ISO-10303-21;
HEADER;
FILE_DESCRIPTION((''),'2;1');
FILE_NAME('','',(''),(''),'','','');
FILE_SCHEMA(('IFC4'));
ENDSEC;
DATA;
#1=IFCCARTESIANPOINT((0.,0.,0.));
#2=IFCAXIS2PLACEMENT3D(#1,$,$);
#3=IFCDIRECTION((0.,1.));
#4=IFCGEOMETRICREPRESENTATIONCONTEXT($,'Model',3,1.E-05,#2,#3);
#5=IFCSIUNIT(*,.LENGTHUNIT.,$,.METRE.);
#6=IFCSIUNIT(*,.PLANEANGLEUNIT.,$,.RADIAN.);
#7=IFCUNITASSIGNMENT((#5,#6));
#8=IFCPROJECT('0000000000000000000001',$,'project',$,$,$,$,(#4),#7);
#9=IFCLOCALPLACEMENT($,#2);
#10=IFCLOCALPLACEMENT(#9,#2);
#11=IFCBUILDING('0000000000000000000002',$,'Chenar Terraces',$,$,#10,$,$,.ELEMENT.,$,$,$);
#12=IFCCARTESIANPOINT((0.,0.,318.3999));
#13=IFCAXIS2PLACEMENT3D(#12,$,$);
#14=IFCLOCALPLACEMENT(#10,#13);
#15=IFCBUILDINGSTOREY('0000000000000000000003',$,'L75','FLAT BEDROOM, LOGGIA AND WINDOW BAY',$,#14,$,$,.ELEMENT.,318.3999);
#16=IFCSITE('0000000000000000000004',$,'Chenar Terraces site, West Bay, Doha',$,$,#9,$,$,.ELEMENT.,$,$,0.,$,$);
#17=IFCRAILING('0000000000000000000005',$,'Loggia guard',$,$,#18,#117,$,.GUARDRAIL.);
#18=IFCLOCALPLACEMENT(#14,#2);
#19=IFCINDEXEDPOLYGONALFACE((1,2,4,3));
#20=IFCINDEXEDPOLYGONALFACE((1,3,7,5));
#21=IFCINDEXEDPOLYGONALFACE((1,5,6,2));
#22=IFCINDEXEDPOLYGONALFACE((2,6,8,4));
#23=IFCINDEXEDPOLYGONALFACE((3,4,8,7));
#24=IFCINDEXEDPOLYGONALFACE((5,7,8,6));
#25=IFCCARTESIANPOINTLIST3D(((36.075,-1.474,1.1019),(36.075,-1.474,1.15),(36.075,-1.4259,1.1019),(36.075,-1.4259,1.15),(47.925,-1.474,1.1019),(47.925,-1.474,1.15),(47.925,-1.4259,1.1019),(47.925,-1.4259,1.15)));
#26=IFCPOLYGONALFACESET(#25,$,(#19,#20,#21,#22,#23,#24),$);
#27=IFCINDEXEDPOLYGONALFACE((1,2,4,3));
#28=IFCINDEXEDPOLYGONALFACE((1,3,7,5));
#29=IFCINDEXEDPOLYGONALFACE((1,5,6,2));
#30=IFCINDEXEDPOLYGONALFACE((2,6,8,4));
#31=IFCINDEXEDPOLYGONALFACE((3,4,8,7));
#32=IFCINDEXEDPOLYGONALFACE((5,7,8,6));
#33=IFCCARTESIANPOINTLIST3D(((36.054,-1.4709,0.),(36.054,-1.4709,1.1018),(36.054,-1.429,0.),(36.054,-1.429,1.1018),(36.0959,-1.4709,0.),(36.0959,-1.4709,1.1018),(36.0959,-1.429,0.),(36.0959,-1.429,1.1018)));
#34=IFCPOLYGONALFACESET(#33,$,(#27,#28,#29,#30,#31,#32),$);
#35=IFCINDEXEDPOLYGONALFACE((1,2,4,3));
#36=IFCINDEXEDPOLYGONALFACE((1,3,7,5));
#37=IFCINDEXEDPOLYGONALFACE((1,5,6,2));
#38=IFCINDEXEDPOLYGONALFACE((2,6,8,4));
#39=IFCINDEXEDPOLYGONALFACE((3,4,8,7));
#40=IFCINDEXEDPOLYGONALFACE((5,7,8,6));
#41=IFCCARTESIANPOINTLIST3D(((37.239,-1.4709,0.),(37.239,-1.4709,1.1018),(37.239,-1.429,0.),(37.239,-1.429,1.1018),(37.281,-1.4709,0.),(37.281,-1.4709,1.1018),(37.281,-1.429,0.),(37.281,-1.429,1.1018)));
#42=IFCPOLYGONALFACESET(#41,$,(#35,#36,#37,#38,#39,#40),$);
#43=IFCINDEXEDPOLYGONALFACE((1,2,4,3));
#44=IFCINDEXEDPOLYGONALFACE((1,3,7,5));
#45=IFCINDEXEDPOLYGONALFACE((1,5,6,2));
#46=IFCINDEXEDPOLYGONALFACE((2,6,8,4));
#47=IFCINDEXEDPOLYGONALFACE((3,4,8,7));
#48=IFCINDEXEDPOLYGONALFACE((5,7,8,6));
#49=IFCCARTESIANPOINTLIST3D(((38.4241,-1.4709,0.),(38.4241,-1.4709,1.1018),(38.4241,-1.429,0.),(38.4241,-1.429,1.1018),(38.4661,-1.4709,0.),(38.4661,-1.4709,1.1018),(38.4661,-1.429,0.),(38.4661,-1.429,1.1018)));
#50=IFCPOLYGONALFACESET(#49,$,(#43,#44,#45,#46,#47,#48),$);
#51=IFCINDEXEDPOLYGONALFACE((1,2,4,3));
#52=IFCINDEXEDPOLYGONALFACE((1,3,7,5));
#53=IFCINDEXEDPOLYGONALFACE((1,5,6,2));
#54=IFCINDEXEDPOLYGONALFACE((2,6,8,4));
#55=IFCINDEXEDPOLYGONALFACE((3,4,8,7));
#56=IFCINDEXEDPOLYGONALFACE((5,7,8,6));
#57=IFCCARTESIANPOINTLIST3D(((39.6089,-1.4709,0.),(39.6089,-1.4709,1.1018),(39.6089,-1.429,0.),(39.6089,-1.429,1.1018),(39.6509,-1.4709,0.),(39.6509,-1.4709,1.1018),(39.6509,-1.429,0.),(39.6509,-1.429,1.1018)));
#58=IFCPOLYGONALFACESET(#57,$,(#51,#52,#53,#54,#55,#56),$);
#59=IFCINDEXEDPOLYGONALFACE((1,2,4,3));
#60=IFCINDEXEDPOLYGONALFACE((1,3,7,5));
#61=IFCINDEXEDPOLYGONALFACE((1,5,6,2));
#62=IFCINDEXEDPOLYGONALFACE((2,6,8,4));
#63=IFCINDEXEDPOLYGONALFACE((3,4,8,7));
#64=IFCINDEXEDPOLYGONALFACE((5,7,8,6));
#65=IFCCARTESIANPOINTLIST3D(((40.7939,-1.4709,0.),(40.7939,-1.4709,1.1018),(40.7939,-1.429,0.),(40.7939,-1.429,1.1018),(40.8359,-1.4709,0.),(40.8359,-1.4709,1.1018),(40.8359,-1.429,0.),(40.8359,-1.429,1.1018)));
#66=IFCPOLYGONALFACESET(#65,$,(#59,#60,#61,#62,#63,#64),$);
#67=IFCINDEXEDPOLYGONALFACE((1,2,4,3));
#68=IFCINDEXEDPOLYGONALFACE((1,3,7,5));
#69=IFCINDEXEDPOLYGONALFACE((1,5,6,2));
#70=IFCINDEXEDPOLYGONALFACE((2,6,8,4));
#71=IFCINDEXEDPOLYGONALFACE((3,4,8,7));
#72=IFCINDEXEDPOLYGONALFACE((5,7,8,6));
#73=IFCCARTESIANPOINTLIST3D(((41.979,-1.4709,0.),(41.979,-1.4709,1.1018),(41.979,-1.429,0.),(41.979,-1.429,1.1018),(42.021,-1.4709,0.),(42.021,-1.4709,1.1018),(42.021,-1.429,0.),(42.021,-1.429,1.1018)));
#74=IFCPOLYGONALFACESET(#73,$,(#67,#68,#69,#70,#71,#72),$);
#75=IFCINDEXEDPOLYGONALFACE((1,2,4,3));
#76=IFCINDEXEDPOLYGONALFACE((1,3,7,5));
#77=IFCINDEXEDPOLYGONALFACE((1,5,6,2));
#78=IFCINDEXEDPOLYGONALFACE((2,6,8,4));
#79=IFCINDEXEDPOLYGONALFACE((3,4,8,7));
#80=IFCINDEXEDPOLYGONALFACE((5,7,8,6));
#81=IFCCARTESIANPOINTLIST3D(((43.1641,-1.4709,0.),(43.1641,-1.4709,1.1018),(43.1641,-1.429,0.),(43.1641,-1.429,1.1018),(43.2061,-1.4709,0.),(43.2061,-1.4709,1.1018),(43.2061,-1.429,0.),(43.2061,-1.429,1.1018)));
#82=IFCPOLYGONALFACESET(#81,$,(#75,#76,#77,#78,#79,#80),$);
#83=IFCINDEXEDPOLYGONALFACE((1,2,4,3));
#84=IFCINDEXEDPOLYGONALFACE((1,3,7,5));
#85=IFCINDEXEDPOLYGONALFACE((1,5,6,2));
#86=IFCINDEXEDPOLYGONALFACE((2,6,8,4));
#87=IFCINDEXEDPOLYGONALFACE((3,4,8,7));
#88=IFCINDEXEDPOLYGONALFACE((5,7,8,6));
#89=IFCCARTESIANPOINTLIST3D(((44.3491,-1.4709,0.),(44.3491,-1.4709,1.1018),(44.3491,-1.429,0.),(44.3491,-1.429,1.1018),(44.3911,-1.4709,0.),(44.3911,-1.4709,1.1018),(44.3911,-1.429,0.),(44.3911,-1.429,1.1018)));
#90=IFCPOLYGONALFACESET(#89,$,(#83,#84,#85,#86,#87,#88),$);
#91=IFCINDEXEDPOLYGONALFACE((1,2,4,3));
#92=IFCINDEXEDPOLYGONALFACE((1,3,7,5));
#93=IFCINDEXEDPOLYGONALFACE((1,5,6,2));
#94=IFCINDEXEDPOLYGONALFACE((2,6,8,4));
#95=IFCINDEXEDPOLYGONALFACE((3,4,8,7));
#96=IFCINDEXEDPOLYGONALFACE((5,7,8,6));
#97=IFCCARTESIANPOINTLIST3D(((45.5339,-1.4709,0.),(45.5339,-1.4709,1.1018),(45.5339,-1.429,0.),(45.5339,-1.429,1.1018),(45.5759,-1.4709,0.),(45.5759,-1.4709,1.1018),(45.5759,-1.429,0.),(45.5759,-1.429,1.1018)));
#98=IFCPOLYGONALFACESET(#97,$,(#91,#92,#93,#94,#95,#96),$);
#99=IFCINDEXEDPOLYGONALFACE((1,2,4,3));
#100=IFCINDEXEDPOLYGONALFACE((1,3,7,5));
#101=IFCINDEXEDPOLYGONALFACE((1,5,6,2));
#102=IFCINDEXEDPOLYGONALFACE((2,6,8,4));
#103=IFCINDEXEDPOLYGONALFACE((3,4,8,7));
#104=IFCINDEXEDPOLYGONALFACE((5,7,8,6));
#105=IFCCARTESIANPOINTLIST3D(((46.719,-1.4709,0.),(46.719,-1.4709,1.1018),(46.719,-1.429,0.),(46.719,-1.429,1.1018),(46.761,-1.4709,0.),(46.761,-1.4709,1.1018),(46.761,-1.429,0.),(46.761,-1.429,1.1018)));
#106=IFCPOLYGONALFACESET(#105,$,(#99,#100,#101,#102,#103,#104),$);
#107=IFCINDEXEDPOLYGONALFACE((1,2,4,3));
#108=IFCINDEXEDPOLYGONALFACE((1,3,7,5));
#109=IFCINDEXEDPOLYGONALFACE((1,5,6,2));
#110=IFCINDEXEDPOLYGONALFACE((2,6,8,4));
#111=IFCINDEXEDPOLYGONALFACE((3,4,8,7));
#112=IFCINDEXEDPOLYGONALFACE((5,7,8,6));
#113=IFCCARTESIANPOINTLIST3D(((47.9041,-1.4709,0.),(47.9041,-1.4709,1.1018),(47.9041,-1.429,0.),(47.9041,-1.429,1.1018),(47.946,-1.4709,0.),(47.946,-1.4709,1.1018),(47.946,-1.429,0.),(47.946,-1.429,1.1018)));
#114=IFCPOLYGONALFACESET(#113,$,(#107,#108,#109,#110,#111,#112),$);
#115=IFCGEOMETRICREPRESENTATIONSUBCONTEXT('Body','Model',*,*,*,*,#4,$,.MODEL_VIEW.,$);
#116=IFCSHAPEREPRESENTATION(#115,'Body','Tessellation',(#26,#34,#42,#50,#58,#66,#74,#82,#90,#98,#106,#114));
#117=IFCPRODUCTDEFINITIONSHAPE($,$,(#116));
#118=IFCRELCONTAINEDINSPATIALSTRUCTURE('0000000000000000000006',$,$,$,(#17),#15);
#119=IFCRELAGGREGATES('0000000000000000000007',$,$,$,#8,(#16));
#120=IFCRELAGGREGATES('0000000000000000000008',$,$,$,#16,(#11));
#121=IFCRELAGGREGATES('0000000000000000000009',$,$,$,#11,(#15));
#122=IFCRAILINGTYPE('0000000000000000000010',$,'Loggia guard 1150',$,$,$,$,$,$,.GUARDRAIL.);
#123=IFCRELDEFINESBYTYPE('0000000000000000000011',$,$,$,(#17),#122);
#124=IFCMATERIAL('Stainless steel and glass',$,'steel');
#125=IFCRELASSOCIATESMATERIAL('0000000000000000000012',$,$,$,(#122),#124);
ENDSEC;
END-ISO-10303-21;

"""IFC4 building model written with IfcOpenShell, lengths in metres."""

from ifc_helpers import new_model, si_unit, direction, frame, origin, origin_2d, place, context, subcontext, project, spatial, rectangle, extrude, material, type_object, element, save


model = new_model("IFC4")

# Units and contexts
model_context = context("Model", 3, precision=1e-05, world=origin(), true_north=direction((0.0, 1.0)))
body_context = subcontext(model_context, "Body", "Model", "MODEL_VIEW")
ifc_project = project(units=[si_unit("LENGTHUNIT", "METRE"), si_unit("PLANEANGLEUNIT", "RADIAN")], contexts=[model_context])

# Site, building, storey
site_placement = place(None, origin())
site = spatial("IfcSite", under=ifc_project, at=site_placement, Name="Chenar Terraces site, West Bay, Doha", CompositionType="ELEMENT", RefElevation=0.0)
building_placement = place(site_placement, origin())
building = spatial("IfcBuilding", under=site, at=building_placement, Name="Chenar Terraces", CompositionType="ELEMENT")
storey_placement = place(building_placement, frame((0.0, 0.0, 318.3999)))
storey = spatial("IfcBuildingStorey", under=building, at=storey_placement, Name="L75", Description="FLAT BEDROOM, LOGGIA AND WINDOW BAY", CompositionType="ELEMENT", Elevation=318.3999)

# Railing
ifc_material_1 = material(Name="Stainless steel and glass", Category="steel")
railing_type = type_object("IfcRailingType", Name="Loggia guard 1150", PredefinedType="GUARDRAIL", material=ifc_material_1)
railing_placement = place(storey_placement, frame((36.075, -1.45, 0.0)))
element("IfcRailing", 1, at=railing_placement, inside=storey, type_object=railing_type, Name="Loggia guard", PredefinedType="GUARDRAIL", context=body_context, shape_type="SweptSolid", body=[
    extrude(rectangle(XDim=0.0481, YDim=0.0481, at=origin_2d()), frame((0.0, 0.0, 1.126), z_axis=(1.0, 0.0, 0.0), x_axis=(0.0, 1.0, 0.0)), (0.0, 0.0, 1.0), 11.8501),
    extrude(rectangle(XDim=0.042, YDim=0.042, at=origin_2d()), origin(), (0.0, 0.0, 1.0), 1.1018),
    extrude(rectangle(XDim=0.042, YDim=0.042, at=origin_2d()), frame((1.1851, 0.0, 0.0)), (0.0, 0.0, 1.0), 1.1018),
    extrude(rectangle(XDim=0.042, YDim=0.042, at=origin_2d()), frame((2.3701, 0.0, 0.0)), (0.0, 0.0, 1.0), 1.1018),
    extrude(rectangle(XDim=0.042, YDim=0.042, at=origin_2d()), frame((3.5549, 0.0, 0.0)), (0.0, 0.0, 1.0), 1.1018),
    extrude(rectangle(XDim=0.042, YDim=0.042, at=origin_2d()), frame((4.74, 0.0, 0.0)), (0.0, 0.0, 1.0), 1.1018),
    extrude(rectangle(XDim=0.042, YDim=0.042, at=origin_2d()), frame((5.925, 0.0, 0.0)), (0.0, 0.0, 1.0), 1.1018),
    extrude(rectangle(XDim=0.042, YDim=0.042, at=origin_2d()), frame((7.1101, 0.0, 0.0)), (0.0, 0.0, 1.0), 1.1018),
    extrude(rectangle(XDim=0.042, YDim=0.042, at=origin_2d()), frame((8.2952, 0.0, 0.0)), (0.0, 0.0, 1.0), 1.1018),
    extrude(rectangle(XDim=0.042, YDim=0.042, at=origin_2d()), frame((9.48, 0.0, 0.0)), (0.0, 0.0, 1.0), 1.1018),
    extrude(rectangle(XDim=0.042, YDim=0.042, at=origin_2d()), frame((10.665, 0.0, 0.0)), (0.0, 0.0, 1.0), 1.1018),
    extrude(rectangle(XDim=0.042, YDim=0.042, at=origin_2d()), frame((11.8501, 0.0, 0.0)), (0.0, 0.0, 1.0), 1.1018),
])

save(model, "model.ifc")
